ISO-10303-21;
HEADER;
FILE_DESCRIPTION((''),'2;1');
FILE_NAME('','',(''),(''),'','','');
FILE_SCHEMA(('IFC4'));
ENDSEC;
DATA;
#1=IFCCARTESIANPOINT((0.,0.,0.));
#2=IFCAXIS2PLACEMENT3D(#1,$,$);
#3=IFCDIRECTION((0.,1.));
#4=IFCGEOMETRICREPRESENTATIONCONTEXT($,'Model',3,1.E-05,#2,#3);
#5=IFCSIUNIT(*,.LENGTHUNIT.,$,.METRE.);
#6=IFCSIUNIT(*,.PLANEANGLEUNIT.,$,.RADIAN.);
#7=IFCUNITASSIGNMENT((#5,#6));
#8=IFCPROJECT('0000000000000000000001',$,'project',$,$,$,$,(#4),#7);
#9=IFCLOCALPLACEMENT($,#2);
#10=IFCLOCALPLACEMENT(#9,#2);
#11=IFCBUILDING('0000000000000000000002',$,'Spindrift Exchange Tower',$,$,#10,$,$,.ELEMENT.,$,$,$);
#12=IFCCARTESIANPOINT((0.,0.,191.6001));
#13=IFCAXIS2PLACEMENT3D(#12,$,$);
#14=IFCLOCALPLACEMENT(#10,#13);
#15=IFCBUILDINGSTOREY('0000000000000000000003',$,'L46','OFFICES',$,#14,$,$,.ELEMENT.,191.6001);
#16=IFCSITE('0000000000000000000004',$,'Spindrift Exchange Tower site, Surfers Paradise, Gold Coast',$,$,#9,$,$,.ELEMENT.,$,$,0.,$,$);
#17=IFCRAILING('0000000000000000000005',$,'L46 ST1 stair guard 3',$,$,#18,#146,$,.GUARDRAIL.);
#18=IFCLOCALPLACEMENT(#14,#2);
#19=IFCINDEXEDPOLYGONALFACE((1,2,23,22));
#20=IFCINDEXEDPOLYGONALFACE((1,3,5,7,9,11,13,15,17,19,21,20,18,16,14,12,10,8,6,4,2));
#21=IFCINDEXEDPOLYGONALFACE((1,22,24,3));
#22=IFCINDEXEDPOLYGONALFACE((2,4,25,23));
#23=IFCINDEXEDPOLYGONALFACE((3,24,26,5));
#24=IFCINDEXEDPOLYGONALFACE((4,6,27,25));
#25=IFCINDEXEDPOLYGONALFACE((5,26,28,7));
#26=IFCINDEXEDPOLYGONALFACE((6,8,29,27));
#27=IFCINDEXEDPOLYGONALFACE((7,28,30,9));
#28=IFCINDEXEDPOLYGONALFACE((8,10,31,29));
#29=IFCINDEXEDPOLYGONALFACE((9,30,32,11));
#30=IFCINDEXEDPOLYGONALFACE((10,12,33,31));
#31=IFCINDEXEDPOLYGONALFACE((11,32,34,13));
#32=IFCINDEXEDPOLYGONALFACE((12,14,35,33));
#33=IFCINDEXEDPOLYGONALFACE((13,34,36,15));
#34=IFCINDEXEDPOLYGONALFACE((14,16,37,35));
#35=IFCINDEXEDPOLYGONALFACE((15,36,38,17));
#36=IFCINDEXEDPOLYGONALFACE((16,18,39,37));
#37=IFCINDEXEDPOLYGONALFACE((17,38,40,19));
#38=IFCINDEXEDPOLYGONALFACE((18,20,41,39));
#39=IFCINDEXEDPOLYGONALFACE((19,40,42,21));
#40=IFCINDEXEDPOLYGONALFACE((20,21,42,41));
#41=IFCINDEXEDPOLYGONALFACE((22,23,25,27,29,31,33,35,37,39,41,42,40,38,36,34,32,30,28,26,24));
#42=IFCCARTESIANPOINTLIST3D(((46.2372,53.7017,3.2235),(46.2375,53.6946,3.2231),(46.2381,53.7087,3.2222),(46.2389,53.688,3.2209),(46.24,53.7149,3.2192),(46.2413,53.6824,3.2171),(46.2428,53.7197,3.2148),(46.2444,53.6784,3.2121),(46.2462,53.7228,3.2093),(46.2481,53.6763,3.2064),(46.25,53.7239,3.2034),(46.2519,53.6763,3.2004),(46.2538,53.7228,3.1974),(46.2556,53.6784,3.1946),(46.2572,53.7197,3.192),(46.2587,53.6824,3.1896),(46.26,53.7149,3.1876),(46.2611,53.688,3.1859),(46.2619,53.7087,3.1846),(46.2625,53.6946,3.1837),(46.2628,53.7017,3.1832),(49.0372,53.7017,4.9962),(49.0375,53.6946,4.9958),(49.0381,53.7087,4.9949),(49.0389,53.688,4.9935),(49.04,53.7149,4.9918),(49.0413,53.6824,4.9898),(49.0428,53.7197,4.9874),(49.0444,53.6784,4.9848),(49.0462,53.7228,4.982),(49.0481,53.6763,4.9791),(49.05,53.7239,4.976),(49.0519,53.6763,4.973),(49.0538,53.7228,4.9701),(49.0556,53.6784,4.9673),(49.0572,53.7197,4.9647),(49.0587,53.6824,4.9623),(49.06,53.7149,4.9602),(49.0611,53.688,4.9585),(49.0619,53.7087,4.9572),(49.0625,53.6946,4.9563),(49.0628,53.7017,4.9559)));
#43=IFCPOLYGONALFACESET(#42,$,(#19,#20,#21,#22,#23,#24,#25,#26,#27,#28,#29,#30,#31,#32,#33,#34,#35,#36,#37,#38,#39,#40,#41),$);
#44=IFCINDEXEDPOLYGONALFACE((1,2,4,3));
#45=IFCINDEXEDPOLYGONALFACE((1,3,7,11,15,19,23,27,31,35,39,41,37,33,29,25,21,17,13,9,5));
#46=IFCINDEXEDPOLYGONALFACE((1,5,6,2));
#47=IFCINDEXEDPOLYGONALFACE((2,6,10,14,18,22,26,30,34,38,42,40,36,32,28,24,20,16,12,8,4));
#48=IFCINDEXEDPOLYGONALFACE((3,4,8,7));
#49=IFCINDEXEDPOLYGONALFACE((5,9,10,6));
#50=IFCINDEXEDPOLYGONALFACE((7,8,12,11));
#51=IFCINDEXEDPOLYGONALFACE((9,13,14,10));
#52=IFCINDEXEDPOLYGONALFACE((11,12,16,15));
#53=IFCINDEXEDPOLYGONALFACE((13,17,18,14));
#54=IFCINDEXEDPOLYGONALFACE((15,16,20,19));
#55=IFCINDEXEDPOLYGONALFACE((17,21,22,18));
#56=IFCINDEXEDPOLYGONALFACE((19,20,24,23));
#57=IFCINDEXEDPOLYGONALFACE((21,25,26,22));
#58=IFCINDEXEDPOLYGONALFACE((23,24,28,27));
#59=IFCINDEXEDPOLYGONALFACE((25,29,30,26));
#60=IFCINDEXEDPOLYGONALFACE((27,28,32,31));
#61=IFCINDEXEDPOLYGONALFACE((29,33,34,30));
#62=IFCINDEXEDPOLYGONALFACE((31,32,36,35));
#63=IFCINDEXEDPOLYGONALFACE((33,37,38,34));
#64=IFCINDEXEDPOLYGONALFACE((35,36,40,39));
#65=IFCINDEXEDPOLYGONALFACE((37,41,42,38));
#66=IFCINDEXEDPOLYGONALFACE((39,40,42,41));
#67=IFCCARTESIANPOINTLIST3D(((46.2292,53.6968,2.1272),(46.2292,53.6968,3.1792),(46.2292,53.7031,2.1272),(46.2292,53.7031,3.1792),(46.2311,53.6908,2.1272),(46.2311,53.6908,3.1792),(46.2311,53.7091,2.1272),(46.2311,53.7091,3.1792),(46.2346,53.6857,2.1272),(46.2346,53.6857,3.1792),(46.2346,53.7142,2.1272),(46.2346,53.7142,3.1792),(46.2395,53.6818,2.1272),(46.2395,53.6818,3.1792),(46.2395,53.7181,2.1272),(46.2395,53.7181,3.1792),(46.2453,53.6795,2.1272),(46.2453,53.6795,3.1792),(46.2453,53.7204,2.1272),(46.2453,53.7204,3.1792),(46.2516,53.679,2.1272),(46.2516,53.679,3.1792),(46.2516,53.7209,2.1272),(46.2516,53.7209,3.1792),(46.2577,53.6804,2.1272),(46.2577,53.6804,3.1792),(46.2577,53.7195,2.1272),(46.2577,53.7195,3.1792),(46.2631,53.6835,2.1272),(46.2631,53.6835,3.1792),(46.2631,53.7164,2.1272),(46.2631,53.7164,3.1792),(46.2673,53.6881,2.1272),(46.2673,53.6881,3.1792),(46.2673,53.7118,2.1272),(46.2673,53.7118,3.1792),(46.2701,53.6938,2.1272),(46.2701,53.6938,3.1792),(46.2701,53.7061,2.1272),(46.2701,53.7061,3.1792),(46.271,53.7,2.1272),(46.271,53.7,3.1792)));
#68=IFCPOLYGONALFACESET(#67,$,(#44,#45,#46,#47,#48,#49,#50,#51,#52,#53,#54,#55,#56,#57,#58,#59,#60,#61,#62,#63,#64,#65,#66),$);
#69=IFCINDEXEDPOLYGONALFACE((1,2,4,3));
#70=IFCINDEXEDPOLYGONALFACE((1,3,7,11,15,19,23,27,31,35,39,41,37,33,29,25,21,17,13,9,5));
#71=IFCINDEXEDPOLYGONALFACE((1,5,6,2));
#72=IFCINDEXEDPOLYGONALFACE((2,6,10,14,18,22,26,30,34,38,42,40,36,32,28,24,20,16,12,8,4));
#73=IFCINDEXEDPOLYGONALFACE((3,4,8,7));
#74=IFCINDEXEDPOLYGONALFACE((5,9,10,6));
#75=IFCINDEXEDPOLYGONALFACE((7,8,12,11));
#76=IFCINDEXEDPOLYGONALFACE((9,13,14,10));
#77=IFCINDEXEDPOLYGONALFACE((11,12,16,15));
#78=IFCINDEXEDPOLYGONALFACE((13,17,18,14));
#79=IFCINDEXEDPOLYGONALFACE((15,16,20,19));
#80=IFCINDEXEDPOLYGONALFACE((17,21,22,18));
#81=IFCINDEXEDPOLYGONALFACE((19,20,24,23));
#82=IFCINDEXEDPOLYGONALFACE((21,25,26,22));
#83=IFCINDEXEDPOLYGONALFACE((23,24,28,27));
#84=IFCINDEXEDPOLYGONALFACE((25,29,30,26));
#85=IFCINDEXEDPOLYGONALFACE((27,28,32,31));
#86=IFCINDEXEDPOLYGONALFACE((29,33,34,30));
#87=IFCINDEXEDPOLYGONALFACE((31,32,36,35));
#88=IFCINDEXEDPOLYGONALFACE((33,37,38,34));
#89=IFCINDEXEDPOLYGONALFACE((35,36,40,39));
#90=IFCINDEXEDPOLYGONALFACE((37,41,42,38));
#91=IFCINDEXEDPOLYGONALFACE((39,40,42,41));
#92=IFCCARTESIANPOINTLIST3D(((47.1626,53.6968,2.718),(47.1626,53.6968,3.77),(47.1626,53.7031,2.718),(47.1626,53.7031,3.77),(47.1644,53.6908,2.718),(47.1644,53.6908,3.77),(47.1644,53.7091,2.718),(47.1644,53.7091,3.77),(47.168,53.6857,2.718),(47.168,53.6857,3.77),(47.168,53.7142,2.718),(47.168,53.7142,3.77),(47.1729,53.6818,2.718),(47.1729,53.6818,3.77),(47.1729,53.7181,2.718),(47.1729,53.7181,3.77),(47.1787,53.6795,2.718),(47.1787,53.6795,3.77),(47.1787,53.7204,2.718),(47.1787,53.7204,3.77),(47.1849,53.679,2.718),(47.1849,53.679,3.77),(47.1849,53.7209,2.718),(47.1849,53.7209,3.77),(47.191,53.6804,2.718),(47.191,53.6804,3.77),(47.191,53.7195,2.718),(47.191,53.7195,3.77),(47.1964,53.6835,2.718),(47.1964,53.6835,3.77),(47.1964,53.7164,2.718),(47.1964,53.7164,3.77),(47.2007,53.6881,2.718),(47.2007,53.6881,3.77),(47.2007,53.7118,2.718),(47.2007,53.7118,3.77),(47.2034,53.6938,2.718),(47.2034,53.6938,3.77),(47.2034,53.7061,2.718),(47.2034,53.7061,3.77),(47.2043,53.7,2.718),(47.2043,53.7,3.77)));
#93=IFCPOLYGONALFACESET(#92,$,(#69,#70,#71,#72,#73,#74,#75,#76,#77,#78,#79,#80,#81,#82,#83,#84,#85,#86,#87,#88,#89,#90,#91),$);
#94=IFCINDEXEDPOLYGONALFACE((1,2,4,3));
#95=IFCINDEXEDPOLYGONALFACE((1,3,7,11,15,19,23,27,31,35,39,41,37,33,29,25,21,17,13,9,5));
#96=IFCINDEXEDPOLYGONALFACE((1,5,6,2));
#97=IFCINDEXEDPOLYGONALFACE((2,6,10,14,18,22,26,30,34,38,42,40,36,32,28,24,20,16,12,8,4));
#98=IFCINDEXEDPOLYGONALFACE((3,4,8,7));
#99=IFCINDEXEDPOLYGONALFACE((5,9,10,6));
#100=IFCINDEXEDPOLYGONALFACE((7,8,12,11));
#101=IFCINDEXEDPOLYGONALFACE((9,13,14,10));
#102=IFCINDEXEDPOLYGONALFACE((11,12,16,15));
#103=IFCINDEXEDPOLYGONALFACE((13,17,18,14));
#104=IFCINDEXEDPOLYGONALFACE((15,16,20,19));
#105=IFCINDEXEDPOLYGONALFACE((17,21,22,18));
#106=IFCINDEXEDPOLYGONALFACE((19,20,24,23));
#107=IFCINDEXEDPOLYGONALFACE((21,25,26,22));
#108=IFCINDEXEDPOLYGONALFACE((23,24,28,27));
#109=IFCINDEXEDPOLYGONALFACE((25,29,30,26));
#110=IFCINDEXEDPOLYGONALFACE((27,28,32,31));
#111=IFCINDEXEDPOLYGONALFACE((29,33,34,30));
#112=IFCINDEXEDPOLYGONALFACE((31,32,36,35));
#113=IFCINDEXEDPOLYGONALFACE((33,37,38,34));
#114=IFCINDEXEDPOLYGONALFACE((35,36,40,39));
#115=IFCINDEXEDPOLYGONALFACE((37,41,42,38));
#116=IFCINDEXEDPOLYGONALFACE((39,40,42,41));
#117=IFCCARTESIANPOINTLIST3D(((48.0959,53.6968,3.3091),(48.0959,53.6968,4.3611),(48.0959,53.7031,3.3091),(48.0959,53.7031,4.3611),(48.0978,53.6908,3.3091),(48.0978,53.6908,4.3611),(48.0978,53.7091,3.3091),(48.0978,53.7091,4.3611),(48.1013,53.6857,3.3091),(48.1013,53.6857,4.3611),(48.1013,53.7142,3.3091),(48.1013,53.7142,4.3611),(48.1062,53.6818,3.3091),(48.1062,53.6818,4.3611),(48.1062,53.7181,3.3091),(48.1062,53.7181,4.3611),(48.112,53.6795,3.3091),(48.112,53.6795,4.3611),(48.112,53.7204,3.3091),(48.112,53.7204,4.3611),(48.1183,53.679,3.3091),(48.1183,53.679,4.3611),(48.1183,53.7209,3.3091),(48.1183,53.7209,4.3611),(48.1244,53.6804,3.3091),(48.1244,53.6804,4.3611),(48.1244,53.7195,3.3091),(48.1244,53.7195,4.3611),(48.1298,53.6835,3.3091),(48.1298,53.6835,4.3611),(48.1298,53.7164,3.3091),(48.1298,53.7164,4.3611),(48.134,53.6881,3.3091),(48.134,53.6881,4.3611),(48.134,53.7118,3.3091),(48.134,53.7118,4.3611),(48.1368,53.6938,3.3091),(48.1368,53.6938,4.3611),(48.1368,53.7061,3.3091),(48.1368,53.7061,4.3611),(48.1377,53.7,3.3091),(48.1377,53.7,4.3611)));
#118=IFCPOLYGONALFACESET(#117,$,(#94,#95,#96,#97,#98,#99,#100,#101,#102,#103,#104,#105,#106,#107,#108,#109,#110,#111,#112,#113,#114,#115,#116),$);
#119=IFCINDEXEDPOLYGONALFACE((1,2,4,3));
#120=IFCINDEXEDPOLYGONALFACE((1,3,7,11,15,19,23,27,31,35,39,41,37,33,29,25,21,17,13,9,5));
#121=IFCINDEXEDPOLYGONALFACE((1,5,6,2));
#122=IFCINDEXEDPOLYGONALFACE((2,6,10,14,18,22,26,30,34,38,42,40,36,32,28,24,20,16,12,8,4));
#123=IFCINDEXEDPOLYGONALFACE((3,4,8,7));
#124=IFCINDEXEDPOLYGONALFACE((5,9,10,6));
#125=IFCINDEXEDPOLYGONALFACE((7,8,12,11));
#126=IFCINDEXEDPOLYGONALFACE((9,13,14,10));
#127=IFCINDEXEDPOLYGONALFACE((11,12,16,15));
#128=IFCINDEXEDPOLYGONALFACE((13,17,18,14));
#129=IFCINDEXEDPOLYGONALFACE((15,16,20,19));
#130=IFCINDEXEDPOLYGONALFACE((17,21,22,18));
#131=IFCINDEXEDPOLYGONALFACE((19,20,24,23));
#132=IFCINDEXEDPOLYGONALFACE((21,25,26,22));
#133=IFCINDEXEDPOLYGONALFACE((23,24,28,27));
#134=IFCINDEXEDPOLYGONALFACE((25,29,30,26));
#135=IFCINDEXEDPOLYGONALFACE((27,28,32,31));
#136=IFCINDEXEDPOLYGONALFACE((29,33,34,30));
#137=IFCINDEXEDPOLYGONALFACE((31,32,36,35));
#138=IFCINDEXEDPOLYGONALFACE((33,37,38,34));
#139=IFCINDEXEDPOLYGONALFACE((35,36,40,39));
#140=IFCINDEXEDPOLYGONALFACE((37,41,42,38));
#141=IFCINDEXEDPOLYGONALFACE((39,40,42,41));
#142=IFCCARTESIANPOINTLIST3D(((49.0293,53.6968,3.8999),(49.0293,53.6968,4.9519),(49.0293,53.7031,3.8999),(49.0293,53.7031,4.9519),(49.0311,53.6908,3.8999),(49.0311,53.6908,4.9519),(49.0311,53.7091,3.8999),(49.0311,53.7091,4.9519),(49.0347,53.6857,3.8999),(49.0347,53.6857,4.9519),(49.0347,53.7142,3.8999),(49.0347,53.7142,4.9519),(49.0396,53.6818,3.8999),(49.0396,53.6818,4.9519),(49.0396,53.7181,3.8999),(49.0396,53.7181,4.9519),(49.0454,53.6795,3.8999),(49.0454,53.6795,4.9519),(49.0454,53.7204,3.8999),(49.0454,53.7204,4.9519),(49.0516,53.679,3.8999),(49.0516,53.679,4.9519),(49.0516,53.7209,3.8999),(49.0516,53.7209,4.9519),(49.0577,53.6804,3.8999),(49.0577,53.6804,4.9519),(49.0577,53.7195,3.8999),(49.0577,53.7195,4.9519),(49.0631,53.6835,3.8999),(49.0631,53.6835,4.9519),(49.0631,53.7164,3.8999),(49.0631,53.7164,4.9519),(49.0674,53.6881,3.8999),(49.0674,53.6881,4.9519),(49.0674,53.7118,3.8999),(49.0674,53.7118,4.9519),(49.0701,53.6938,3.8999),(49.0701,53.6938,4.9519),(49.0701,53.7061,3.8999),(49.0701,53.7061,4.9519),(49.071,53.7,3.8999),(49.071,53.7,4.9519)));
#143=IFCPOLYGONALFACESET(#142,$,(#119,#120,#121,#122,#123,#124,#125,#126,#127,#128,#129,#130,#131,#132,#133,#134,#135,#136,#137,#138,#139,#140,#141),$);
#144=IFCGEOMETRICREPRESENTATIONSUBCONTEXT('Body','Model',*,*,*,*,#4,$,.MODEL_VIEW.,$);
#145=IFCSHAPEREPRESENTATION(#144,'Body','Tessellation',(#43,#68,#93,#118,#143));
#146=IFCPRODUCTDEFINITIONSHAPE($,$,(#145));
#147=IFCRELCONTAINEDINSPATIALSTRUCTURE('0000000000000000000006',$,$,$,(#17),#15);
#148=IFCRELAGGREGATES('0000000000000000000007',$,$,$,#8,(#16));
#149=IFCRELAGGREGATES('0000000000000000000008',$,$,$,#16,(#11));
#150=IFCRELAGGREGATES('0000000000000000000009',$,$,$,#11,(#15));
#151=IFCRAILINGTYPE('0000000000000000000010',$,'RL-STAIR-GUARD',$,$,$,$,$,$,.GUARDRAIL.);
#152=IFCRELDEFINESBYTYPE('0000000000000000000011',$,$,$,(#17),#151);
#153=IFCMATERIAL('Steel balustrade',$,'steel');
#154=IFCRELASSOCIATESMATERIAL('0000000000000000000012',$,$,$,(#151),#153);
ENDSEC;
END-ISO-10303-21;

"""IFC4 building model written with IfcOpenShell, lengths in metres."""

from ifc_helpers import new_model, si_unit, direction, frame, origin, origin_2d, place, context, subcontext, project, spatial, circle, extrude, material, type_object, element, save


model = new_model("IFC4")

# Units and contexts
model_context = context("Model", 3, precision=1e-05, world=origin(), true_north=direction((0.0, 1.0)))
body_context = subcontext(model_context, "Body", "Model", "MODEL_VIEW")
ifc_project = project(units=[si_unit("LENGTHUNIT", "METRE"), si_unit("PLANEANGLEUNIT", "RADIAN")], contexts=[model_context])

# Site, building, storey
site_placement = place(None, origin())
site = spatial("IfcSite", under=ifc_project, at=site_placement, Name="Spindrift Exchange Tower site, Surfers Paradise, Gold Coast", CompositionType="ELEMENT", RefElevation=0.0)
building_placement = place(site_placement, origin())
building = spatial("IfcBuilding", under=site, at=building_placement, Name="Spindrift Exchange Tower", CompositionType="ELEMENT")
storey_placement = place(building_placement, frame((0.0, 0.0, 191.6001)))
storey = spatial("IfcBuildingStorey", under=building, at=storey_placement, Name="L46", Description="OFFICES", CompositionType="ELEMENT", Elevation=191.6001)

# Railing
ifc_material_1 = material(Name="Steel balustrade", Category="steel")
railing_type_1 = type_object("IfcRailingType", Name="RL-STAIR-GUARD", PredefinedType="GUARDRAIL", material=ifc_material_1)
railing_1_placement = place(storey_placement, frame((46.25, 53.7, 2.1272)))
element("IfcRailing", 1, at=railing_1_placement, inside=storey, type_object=railing_type_1, Name="L46 ST1 stair guard 3", PredefinedType="GUARDRAIL", context=body_context, shape_type="SweptSolid", body=[
    extrude(circle(Radius=0.0239, at=origin_2d()), frame((0.0, 0.0, 1.0762), z_axis=(0.844909, 0.0, 0.53491), x_axis=(0.0, 1.0, 0.0)), (0.0, 0.0, 1.0), 3.314),
    extrude(circle(Radius=0.021, at=origin_2d()), origin(), (0.0, 0.0, 1.0), 1.052),
    extrude(circle(Radius=0.021, at=origin_2d()), frame((0.9333, 0.0, 0.5908)), (0.0, 0.0, 1.0), 1.052),
    extrude(circle(Radius=0.021, at=origin_2d()), frame((1.8667, 0.0, 1.1819)), (0.0, 0.0, 1.0), 1.052),
    extrude(circle(Radius=0.021, at=origin_2d()), frame((2.8, 0.0, 1.7727)), (0.0, 0.0, 1.0), 1.052),
])

save(model, "model.ifc")
